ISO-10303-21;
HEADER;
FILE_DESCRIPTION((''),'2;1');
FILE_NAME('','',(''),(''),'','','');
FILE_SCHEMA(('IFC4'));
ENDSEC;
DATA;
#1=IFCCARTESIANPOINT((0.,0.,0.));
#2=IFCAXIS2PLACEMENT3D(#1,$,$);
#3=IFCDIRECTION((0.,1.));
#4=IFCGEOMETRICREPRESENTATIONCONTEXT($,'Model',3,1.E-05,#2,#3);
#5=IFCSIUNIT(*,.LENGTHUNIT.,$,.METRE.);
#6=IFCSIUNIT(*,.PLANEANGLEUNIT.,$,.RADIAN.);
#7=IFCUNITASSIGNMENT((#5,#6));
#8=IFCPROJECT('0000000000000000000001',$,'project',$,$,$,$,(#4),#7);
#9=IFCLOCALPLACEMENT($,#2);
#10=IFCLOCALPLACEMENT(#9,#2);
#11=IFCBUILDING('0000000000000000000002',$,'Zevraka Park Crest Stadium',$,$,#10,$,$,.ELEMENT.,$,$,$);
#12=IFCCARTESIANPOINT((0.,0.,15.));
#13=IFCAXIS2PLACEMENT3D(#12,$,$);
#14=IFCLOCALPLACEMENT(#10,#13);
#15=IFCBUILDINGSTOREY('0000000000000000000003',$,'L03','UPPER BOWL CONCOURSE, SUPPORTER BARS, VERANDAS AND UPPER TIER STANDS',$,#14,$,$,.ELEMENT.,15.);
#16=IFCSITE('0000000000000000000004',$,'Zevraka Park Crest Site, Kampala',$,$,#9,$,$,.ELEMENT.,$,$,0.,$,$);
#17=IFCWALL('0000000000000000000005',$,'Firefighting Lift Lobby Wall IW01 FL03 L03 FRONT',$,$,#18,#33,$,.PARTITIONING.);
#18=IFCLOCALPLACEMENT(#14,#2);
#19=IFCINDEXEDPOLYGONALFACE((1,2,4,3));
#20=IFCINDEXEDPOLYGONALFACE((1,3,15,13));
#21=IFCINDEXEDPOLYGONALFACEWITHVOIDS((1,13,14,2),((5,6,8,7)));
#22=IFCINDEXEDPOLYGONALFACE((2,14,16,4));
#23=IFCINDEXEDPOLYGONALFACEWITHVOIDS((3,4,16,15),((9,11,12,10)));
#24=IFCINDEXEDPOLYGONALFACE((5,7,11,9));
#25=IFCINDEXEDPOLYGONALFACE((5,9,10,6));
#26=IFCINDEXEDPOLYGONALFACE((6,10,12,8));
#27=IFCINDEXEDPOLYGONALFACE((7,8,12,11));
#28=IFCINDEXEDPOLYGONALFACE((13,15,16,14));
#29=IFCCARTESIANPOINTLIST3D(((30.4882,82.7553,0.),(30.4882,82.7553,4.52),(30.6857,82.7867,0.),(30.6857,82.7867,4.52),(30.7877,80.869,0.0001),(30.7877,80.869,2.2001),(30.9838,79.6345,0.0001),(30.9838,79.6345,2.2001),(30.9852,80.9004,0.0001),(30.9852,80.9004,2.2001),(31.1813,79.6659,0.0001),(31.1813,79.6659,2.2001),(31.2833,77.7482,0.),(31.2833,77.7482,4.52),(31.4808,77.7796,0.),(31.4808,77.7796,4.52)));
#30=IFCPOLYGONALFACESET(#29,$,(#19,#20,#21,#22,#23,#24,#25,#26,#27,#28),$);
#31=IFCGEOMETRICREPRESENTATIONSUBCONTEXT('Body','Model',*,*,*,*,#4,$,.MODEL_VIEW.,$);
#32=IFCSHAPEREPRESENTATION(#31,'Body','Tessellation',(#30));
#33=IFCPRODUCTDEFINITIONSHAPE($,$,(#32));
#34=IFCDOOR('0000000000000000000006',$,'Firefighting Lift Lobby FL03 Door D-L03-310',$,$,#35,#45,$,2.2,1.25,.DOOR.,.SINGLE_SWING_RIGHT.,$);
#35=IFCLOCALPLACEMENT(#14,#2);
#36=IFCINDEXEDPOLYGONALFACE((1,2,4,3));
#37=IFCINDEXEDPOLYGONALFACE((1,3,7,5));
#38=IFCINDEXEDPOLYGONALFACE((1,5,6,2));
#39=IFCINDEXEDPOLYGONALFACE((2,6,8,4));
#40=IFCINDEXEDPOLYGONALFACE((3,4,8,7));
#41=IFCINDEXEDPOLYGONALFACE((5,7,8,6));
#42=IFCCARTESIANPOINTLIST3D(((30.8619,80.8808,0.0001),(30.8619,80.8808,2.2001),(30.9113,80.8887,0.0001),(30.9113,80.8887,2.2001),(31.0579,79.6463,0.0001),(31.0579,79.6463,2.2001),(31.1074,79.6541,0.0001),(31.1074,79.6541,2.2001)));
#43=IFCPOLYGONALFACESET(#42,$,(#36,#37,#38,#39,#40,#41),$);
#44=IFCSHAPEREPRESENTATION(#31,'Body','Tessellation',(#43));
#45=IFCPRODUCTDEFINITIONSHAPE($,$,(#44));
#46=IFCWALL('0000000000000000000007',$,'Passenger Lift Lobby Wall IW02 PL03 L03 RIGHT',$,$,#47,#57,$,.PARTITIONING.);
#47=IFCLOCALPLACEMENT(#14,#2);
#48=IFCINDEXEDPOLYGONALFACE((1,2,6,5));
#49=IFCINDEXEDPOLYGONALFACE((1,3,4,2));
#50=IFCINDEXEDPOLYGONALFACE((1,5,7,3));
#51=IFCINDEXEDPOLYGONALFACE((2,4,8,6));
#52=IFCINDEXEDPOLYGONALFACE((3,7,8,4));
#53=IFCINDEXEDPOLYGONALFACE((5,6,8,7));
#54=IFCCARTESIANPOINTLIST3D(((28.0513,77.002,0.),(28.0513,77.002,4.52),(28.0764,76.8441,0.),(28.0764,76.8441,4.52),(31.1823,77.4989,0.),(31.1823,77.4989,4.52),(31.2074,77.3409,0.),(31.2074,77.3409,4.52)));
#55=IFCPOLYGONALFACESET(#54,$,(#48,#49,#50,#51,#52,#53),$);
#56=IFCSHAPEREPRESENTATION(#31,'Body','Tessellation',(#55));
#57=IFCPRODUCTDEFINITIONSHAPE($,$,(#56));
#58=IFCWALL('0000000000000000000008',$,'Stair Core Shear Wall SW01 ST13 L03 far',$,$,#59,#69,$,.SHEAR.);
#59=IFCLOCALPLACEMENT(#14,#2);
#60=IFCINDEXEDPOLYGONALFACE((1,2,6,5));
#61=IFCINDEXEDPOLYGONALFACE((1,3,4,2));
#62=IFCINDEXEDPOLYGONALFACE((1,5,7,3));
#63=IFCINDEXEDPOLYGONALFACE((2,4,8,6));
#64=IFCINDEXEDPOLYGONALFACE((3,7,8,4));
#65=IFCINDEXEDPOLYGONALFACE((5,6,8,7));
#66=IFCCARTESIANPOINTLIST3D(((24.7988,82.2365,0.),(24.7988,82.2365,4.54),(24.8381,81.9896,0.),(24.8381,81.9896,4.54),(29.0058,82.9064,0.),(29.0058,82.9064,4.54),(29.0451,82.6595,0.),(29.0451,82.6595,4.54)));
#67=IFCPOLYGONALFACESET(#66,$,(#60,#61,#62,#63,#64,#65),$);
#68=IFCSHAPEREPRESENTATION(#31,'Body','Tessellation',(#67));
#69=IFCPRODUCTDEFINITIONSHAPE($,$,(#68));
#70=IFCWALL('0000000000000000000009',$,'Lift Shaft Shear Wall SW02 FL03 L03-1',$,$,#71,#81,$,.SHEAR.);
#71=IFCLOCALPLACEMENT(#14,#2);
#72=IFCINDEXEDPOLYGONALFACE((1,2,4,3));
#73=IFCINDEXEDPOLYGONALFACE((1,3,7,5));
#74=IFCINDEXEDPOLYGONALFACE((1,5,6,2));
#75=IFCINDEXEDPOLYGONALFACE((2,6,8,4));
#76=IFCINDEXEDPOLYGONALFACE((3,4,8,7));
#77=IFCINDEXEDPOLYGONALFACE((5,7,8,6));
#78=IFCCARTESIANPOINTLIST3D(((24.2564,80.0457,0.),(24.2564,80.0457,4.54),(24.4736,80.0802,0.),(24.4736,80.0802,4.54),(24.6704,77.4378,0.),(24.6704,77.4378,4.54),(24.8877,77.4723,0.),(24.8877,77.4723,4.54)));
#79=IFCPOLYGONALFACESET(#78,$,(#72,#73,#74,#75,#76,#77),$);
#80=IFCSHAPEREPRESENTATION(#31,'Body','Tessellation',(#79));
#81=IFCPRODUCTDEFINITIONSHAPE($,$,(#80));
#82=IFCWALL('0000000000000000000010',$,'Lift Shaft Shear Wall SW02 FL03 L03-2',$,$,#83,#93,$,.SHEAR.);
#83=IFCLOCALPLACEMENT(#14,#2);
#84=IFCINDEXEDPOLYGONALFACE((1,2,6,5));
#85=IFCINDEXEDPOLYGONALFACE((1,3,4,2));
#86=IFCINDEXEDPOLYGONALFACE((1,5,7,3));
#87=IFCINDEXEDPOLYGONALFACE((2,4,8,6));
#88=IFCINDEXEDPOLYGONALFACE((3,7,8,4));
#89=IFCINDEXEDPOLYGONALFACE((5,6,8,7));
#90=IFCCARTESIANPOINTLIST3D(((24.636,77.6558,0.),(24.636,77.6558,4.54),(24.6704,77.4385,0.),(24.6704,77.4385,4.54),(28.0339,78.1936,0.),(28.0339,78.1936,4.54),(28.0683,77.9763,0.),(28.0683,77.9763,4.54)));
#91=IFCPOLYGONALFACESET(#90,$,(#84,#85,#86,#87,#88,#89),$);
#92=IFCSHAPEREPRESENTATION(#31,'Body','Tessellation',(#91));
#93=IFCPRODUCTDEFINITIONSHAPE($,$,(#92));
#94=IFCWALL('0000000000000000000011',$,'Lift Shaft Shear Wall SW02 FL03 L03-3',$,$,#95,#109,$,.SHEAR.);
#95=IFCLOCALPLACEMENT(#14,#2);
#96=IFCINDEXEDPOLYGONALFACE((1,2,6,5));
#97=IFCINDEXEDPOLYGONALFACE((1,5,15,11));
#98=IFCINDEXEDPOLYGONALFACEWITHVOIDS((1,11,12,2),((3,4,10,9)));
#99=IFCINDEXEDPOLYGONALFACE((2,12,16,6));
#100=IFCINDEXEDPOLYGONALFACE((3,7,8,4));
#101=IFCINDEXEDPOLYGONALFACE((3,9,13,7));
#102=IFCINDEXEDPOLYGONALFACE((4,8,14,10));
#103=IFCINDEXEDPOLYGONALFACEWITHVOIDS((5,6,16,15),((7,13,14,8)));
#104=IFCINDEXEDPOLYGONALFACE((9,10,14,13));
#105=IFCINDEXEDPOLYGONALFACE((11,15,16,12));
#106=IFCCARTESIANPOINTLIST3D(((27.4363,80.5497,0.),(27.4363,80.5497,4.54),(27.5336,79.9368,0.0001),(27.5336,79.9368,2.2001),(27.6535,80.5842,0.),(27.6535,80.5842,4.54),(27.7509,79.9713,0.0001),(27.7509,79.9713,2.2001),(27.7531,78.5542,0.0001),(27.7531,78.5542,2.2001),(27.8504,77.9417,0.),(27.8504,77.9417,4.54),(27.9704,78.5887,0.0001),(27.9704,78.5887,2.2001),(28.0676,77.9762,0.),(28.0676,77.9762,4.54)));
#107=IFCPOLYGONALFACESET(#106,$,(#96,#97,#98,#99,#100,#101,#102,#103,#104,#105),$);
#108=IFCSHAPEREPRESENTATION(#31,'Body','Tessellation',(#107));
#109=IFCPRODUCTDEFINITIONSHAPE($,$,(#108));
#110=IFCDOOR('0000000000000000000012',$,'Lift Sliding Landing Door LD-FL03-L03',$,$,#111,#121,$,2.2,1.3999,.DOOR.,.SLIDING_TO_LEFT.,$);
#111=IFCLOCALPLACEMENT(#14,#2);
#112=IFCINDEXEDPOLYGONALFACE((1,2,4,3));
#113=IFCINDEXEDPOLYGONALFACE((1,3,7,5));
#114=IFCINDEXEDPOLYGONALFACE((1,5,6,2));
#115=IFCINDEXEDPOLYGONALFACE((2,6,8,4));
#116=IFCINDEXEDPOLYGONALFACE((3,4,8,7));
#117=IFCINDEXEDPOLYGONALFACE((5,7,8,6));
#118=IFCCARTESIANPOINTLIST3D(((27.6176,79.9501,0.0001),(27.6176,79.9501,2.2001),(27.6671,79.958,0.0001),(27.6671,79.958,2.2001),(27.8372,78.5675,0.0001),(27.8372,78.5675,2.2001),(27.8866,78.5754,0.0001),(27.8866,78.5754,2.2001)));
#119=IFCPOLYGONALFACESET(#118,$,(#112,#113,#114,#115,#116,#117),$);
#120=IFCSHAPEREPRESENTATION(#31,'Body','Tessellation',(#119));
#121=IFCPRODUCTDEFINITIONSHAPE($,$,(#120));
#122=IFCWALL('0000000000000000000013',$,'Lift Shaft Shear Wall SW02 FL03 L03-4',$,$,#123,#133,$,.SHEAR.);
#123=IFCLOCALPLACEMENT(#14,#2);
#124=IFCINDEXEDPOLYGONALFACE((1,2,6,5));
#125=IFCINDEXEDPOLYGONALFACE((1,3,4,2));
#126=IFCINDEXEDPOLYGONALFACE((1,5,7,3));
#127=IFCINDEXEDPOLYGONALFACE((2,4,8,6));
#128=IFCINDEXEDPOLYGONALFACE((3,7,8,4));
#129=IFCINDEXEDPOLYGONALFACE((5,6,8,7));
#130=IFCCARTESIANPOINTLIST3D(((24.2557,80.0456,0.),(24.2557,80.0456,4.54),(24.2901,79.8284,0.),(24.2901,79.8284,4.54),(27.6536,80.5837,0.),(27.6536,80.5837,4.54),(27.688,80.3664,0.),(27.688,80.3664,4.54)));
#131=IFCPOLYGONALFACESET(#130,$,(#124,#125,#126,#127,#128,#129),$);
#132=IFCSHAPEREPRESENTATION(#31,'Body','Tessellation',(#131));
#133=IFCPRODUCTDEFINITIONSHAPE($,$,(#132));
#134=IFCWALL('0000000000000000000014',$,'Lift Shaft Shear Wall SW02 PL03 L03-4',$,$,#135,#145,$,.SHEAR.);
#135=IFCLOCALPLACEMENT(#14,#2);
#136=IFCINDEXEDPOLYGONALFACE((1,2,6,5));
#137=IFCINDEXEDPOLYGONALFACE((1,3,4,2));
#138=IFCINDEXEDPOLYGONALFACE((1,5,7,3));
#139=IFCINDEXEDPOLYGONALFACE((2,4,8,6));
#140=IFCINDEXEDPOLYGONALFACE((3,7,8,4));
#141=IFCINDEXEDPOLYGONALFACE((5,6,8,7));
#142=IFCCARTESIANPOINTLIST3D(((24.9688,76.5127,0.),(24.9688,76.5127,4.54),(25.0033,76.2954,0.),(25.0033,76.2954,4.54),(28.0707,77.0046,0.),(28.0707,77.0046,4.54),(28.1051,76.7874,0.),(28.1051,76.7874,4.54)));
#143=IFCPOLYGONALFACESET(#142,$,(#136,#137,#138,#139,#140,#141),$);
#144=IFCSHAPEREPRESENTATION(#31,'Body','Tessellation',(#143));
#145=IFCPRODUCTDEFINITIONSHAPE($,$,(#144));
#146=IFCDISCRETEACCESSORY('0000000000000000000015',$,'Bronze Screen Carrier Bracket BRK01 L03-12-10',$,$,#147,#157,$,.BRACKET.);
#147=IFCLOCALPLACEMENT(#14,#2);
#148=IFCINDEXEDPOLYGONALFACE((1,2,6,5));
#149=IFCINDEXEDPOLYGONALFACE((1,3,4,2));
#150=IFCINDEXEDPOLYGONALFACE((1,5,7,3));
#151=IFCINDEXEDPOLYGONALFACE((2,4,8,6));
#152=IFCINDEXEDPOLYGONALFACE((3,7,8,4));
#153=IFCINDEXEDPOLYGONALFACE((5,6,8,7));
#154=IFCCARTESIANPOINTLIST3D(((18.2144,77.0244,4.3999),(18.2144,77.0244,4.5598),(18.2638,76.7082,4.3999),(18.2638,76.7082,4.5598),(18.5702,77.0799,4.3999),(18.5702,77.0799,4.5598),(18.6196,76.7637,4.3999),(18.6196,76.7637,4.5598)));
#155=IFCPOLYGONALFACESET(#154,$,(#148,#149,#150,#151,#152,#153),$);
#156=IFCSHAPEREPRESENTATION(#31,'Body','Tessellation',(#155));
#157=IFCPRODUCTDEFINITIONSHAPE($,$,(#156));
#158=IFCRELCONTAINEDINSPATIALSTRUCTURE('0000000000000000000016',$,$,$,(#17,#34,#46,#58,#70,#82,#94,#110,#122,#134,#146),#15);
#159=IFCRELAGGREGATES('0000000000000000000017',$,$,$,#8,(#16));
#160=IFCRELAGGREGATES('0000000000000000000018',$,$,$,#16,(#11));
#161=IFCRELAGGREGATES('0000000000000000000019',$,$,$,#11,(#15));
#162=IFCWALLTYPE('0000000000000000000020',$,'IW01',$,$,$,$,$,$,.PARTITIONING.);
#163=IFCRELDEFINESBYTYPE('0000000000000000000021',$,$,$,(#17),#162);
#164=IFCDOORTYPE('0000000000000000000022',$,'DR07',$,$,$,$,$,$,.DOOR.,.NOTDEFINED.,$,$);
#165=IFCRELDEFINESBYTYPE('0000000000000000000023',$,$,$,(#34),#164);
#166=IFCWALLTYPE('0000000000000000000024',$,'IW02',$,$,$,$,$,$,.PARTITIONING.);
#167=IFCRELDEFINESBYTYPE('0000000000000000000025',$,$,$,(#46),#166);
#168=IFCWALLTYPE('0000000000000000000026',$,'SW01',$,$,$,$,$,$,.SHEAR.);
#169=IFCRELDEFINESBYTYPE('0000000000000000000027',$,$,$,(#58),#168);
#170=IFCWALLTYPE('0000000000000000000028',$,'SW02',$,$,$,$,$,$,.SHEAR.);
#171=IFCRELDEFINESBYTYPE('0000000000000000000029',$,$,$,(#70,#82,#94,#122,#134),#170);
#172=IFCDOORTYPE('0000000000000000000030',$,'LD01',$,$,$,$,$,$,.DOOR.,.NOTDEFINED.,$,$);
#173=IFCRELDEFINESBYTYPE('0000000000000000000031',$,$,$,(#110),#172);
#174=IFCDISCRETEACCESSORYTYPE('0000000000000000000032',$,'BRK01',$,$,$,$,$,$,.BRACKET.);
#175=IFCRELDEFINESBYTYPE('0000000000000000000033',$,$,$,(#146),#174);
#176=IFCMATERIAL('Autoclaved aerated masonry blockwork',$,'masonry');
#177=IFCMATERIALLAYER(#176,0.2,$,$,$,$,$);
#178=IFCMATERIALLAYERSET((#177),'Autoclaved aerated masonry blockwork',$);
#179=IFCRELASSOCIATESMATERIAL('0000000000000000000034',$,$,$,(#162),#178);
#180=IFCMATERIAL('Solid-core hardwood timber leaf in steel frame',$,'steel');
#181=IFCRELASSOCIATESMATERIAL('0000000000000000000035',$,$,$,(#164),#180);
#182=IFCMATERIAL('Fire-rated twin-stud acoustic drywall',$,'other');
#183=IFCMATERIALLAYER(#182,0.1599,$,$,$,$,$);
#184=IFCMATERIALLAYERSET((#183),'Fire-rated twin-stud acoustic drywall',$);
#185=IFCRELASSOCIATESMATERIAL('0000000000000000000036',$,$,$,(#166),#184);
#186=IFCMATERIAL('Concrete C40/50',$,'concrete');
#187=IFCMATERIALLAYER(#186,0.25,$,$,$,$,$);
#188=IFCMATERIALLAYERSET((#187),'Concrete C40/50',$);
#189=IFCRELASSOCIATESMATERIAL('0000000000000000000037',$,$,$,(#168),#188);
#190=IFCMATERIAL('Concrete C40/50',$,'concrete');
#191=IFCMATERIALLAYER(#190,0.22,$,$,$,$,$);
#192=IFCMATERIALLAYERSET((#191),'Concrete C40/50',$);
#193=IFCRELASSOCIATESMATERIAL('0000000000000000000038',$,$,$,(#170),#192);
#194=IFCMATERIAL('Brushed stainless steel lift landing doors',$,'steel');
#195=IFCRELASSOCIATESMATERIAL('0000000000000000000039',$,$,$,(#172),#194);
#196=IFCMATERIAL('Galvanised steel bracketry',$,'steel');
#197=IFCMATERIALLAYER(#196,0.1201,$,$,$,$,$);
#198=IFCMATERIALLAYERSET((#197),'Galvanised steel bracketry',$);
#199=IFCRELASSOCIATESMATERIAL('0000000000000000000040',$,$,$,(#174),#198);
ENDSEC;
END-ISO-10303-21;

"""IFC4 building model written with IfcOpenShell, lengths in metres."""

from ifc_helpers import new_model, si_unit, direction, frame, frame_2d, origin, origin_2d, place, context, subcontext, project, spatial, rectangle, extrude, material, layer, layer_set, type_object, element, fill, save


model = new_model("IFC4")

# Units and contexts
model_context = context("Model", 3, precision=1e-05, world=origin(), true_north=direction((0.0, 1.0)))
body_context = subcontext(model_context, "Body", "Model", "MODEL_VIEW")
ifc_project = project(units=[si_unit("LENGTHUNIT", "METRE"), si_unit("PLANEANGLEUNIT", "RADIAN")], contexts=[model_context])

# Site, building, storey
site_placement = place(None, origin())
site = spatial("IfcSite", under=ifc_project, at=site_placement, Name="Zevraka Park Crest Site, Kampala", CompositionType="ELEMENT", RefElevation=0.0)
building_placement = place(site_placement, origin())
building = spatial("IfcBuilding", under=site, at=building_placement, Name="Zevraka Park Crest Stadium", CompositionType="ELEMENT")
storey_placement = place(building_placement, frame((0.0, 0.0, 15.0)))
storey = spatial("IfcBuildingStorey", under=building, at=storey_placement, Name="L03", Description="UPPER BOWL CONCOURSE, SUPPORTER BARS, VERANDAS AND UPPER TIER STANDS", CompositionType="ELEMENT", Elevation=15.0)

# Shared definitions
ifc_material_1 = material(Name="Autoclaved aerated masonry blockwork", Category="masonry")
ifc_layer_1 = layer(ifc_material_1, 0.2)
ifc_layer_set_1 = layer_set([ifc_layer_1], Name="Autoclaved aerated masonry blockwork")
wall_type_1 = type_object("IfcWallType", Name="IW01", PredefinedType="PARTITIONING", material=ifc_layer_set_1)

# Wall, opening, door
wall_1_placement = place(storey_placement, frame((31.3821, 77.7639, 0.0), z_axis=(0.0, 0.0, 1.0), x_axis=(-0.156843, 0.987624, 0.0)))
wall_1 = element("IfcWall", 1, at=wall_1_placement, inside=storey, type_object=wall_type_1, Name="Firefighting Lift Lobby Wall IW01 FL03 L03 FRONT", PredefinedType="PARTITIONING", context=body_context, shape_type="SweptSolid", body=[
    extrude(rectangle(XDim=5.0698, YDim=0.2, at=frame_2d((2.5349, 0.0))), origin(), (0.0, 0.0, 1.0), 4.52),
])
opening_1_placement = place(wall_1_placement, frame((1.9099, 0.0, 0.0)))
opening_1 = element("IfcOpeningElement", 2, at=opening_1_placement, cuts=wall_1, PredefinedType="OPENING", context=body_context, shape_type="SweptSolid", body=[
    extrude(rectangle(XDim=1.25, YDim=2.2, at=frame_2d((0.625, 1.1001))), frame((0.0, 0.1099, 0.0), z_axis=(0.0, -1.0, 0.0), x_axis=(1.0, 0.0, 0.0)), (0.0, 0.0, 1.0), 0.22),
])
ifc_material_2 = material(Name="Solid-core hardwood timber leaf in steel frame", Category="steel")
door_type_1 = type_object("IfcDoorType", Name="DR07", OperationType="NOTDEFINED", PredefinedType="DOOR", material=ifc_material_2)
door_1_placement = place(opening_1_placement, origin())
door_1 = element("IfcDoor", 3, at=door_1_placement, inside=storey, type_object=door_type_1, Name="Firefighting Lift Lobby FL03 Door D-L03-310", OperationType="SINGLE_SWING_RIGHT", OverallHeight=2.2, OverallWidth=1.25, PredefinedType="DOOR", context=body_context, shape_type="SweptSolid", body=[
    extrude(rectangle(XDim=1.25, YDim=2.2, at=frame_2d((0.625, 1.1001))), frame((0.0, 0.0249, 0.0), z_axis=(0.0, -1.0, 0.0), x_axis=(1.0, 0.0, 0.0)), (0.0, 0.0, 1.0), 0.05),
])
fill(opening_1, door_1)

# Walls
ifc_material_3 = material(Name="Fire-rated twin-stud acoustic drywall", Category="other")
ifc_layer_2 = layer(ifc_material_3, 0.1599)
ifc_layer_set_2 = layer_set([ifc_layer_2], Name="Fire-rated twin-stud acoustic drywall")
wall_type_2 = type_object("IfcWallType", Name="IW02", PredefinedType="PARTITIONING", material=ifc_layer_set_2)
wall_2_placement = place(storey_placement, frame((28.064, 76.9231, 0.0), z_axis=(0.0, 0.0, 1.0), x_axis=(0.987644, 0.156714, 0.0)))
element("IfcWall", 4, at=wall_2_placement, inside=storey, type_object=wall_type_2, Name="Passenger Lift Lobby Wall IW02 PL03 L03 RIGHT", PredefinedType="PARTITIONING", context=body_context, shape_type="SweptSolid", body=[
    extrude(rectangle(XDim=3.1702, YDim=0.1599, at=frame_2d((1.585, 0.0))), origin(), (0.0, 0.0, 1.0), 4.52),
])
ifc_material_4 = material(Name="Concrete C40/50", Category="concrete")
ifc_layer_3 = layer(ifc_material_4, 0.25)
ifc_layer_set_3 = layer_set([ifc_layer_3], Name="Concrete C40/50")
wall_type_3 = type_object("IfcWallType", Name="SW01", PredefinedType="SHEAR", material=ifc_layer_set_3)
wall_3_placement = place(storey_placement, frame((24.8186, 82.113, 0.0), z_axis=(0.0, 0.0, 1.0), x_axis=(0.987558, 0.157257, 0.0)))
element("IfcWall", 5, at=wall_3_placement, inside=storey, type_object=wall_type_3, Name="Stair Core Shear Wall SW01 ST13 L03 far", PredefinedType="SHEAR", context=body_context, shape_type="SweptSolid", body=[
    extrude(rectangle(XDim=4.26, YDim=0.25, at=frame_2d((2.1299, 0.0))), origin(), (0.0, 0.0, 1.0), 4.54),
])
ifc_material_5 = material(Name="Concrete C40/50", Category="concrete")
ifc_layer_4 = layer(ifc_material_5, 0.22)
ifc_layer_set_4 = layer_set([ifc_layer_4], Name="Concrete C40/50")
wall_type_4 = type_object("IfcWallType", Name="SW02", PredefinedType="SHEAR", material=ifc_layer_set_4)
wall_4_placement = place(storey_placement, frame((24.365, 80.063, 0.0), z_axis=(0.0, 0.0, 1.0), x_axis=(0.156808, -0.987629, 0.0)))
element("IfcWall", 6, at=wall_4_placement, inside=storey, type_object=wall_type_4, Name="Lift Shaft Shear Wall SW02 FL03 L03-1", PredefinedType="SHEAR", context=body_context, shape_type="SweptSolid", body=[
    extrude(rectangle(XDim=2.6406, YDim=0.22, at=frame_2d((1.3203, 0.0))), origin(), (0.0, 0.0, 1.0), 4.54),
])
wall_5_placement = place(storey_placement, frame((24.6531, 77.5471, 0.0), z_axis=(0.0, 0.0, 1.0), x_axis=(0.987704, 0.156338, 0.0)))
element("IfcWall", 7, at=wall_5_placement, inside=storey, type_object=wall_type_4, Name="Lift Shaft Shear Wall SW02 FL03 L03-2", PredefinedType="SHEAR", context=body_context, shape_type="SweptSolid", body=[
    extrude(rectangle(XDim=3.4402, YDim=0.22, at=frame_2d((1.7202, 0.0))), origin(), (0.0, 0.0, 1.0), 4.54),
])

# Wall, opening, door
wall_6_placement = place(storey_placement, frame((27.959, 77.959, 0.0), z_axis=(0.0, 0.0, 1.0), x_axis=(-0.156808, 0.987629, 0.0)))
wall_6 = element("IfcWall", 8, at=wall_6_placement, inside=storey, type_object=wall_type_4, Name="Lift Shaft Shear Wall SW02 FL03 L03-3", PredefinedType="SHEAR", context=body_context, shape_type="SweptSolid", body=[
    extrude(rectangle(XDim=2.6406, YDim=0.22, at=frame_2d((1.3203, 0.0))), origin(), (0.0, 0.0, 1.0), 4.54),
])
opening_2_placement = place(wall_6_placement, frame((0.6201, 0.0, 0.0)))
opening_2 = element("IfcOpeningElement", 9, at=opening_2_placement, cuts=wall_6, PredefinedType="OPENING", context=body_context, shape_type="SweptSolid", body=[
    extrude(rectangle(XDim=1.3999, YDim=2.2, at=frame_2d((0.7, 1.1001))), frame((0.0, 0.1199, 0.0), z_axis=(0.0, -1.0, 0.0), x_axis=(1.0, 0.0, 0.0)), (0.0, 0.0, 1.0), 0.24),
])
ifc_material_6 = material(Name="Brushed stainless steel lift landing doors", Category="steel")
door_type_2 = type_object("IfcDoorType", Name="LD01", OperationType="NOTDEFINED", PredefinedType="DOOR", material=ifc_material_6)
door_2_placement = place(opening_2_placement, origin())
door_2 = element("IfcDoor", 10, at=door_2_placement, inside=storey, type_object=door_type_2, Name="Lift Sliding Landing Door LD-FL03-L03", OperationType="SLIDING_TO_LEFT", OverallHeight=2.2, OverallWidth=1.3999, PredefinedType="DOOR", context=body_context, shape_type="SweptSolid", body=[
    extrude(rectangle(XDim=1.3999, YDim=2.2, at=frame_2d((0.7, 1.1001))), frame((0.0, 0.0249, 0.0), z_axis=(0.0, -1.0, 0.0), x_axis=(1.0, 0.0, 0.0)), (0.0, 0.0, 1.0), 0.05),
])
fill(opening_2, door_2)

# Walls
wall_7_placement = place(storey_placement, frame((27.6709, 80.4751, 0.0), z_axis=(0.0, 0.0, 1.0), x_axis=(-0.987693, -0.156407, 0.0)))
element("IfcWall", 11, at=wall_7_placement, inside=storey, type_object=wall_type_4, Name="Lift Shaft Shear Wall SW02 FL03 L03-4", PredefinedType="SHEAR", context=body_context, shape_type="SweptSolid", body=[
    extrude(rectangle(XDim=3.4402, YDim=0.22, at=frame_2d((1.7202, 0.0))), origin(), (0.0, 0.0, 1.0), 4.54),
])
wall_8_placement = place(storey_placement, frame((28.0879, 76.896, 0.0), z_axis=(0.0, 0.0, 1.0), x_axis=(-0.987656, -0.156641, 0.0)))
element("IfcWall", 12, at=wall_8_placement, inside=storey, type_object=wall_type_4, Name="Lift Shaft Shear Wall SW02 PL03 L03-4", PredefinedType="SHEAR", context=body_context, shape_type="SweptSolid", body=[
    extrude(rectangle(XDim=3.1406, YDim=0.22, at=frame_2d((1.5703, 0.0))), origin(), (0.0, 0.0, 1.0), 4.54),
])

# Discrete accessory
ifc_material_7 = material(Name="Galvanised steel bracketry", Category="steel")
ifc_layer_5 = layer(ifc_material_7, 0.1201)
ifc_layer_set_5 = layer_set([ifc_layer_5], Name="Galvanised steel bracketry")
discrete_accessory_type = type_object("IfcDiscreteAccessoryType", Name="BRK01", PredefinedType="BRACKET", material=ifc_layer_set_5)
discrete_accessory_placement = place(storey_placement, frame((18.417, 76.894, 4.3999), z_axis=(0.0, 0.0, 1.0), x_axis=(0.154193, -0.988041, 0.0)))
element("IfcDiscreteAccessory", 13, at=discrete_accessory_placement, inside=storey, type_object=discrete_accessory_type, Name="Bronze Screen Carrier Bracket BRK01 L03-12-10", PredefinedType="BRACKET", context=body_context, shape_type="SweptSolid", body=[
    extrude(rectangle(XDim=0.3201, YDim=0.3601, at=origin_2d()), origin(), (0.0, 0.0, 1.0), 0.1599),
])

save(model, "model.ifc")
